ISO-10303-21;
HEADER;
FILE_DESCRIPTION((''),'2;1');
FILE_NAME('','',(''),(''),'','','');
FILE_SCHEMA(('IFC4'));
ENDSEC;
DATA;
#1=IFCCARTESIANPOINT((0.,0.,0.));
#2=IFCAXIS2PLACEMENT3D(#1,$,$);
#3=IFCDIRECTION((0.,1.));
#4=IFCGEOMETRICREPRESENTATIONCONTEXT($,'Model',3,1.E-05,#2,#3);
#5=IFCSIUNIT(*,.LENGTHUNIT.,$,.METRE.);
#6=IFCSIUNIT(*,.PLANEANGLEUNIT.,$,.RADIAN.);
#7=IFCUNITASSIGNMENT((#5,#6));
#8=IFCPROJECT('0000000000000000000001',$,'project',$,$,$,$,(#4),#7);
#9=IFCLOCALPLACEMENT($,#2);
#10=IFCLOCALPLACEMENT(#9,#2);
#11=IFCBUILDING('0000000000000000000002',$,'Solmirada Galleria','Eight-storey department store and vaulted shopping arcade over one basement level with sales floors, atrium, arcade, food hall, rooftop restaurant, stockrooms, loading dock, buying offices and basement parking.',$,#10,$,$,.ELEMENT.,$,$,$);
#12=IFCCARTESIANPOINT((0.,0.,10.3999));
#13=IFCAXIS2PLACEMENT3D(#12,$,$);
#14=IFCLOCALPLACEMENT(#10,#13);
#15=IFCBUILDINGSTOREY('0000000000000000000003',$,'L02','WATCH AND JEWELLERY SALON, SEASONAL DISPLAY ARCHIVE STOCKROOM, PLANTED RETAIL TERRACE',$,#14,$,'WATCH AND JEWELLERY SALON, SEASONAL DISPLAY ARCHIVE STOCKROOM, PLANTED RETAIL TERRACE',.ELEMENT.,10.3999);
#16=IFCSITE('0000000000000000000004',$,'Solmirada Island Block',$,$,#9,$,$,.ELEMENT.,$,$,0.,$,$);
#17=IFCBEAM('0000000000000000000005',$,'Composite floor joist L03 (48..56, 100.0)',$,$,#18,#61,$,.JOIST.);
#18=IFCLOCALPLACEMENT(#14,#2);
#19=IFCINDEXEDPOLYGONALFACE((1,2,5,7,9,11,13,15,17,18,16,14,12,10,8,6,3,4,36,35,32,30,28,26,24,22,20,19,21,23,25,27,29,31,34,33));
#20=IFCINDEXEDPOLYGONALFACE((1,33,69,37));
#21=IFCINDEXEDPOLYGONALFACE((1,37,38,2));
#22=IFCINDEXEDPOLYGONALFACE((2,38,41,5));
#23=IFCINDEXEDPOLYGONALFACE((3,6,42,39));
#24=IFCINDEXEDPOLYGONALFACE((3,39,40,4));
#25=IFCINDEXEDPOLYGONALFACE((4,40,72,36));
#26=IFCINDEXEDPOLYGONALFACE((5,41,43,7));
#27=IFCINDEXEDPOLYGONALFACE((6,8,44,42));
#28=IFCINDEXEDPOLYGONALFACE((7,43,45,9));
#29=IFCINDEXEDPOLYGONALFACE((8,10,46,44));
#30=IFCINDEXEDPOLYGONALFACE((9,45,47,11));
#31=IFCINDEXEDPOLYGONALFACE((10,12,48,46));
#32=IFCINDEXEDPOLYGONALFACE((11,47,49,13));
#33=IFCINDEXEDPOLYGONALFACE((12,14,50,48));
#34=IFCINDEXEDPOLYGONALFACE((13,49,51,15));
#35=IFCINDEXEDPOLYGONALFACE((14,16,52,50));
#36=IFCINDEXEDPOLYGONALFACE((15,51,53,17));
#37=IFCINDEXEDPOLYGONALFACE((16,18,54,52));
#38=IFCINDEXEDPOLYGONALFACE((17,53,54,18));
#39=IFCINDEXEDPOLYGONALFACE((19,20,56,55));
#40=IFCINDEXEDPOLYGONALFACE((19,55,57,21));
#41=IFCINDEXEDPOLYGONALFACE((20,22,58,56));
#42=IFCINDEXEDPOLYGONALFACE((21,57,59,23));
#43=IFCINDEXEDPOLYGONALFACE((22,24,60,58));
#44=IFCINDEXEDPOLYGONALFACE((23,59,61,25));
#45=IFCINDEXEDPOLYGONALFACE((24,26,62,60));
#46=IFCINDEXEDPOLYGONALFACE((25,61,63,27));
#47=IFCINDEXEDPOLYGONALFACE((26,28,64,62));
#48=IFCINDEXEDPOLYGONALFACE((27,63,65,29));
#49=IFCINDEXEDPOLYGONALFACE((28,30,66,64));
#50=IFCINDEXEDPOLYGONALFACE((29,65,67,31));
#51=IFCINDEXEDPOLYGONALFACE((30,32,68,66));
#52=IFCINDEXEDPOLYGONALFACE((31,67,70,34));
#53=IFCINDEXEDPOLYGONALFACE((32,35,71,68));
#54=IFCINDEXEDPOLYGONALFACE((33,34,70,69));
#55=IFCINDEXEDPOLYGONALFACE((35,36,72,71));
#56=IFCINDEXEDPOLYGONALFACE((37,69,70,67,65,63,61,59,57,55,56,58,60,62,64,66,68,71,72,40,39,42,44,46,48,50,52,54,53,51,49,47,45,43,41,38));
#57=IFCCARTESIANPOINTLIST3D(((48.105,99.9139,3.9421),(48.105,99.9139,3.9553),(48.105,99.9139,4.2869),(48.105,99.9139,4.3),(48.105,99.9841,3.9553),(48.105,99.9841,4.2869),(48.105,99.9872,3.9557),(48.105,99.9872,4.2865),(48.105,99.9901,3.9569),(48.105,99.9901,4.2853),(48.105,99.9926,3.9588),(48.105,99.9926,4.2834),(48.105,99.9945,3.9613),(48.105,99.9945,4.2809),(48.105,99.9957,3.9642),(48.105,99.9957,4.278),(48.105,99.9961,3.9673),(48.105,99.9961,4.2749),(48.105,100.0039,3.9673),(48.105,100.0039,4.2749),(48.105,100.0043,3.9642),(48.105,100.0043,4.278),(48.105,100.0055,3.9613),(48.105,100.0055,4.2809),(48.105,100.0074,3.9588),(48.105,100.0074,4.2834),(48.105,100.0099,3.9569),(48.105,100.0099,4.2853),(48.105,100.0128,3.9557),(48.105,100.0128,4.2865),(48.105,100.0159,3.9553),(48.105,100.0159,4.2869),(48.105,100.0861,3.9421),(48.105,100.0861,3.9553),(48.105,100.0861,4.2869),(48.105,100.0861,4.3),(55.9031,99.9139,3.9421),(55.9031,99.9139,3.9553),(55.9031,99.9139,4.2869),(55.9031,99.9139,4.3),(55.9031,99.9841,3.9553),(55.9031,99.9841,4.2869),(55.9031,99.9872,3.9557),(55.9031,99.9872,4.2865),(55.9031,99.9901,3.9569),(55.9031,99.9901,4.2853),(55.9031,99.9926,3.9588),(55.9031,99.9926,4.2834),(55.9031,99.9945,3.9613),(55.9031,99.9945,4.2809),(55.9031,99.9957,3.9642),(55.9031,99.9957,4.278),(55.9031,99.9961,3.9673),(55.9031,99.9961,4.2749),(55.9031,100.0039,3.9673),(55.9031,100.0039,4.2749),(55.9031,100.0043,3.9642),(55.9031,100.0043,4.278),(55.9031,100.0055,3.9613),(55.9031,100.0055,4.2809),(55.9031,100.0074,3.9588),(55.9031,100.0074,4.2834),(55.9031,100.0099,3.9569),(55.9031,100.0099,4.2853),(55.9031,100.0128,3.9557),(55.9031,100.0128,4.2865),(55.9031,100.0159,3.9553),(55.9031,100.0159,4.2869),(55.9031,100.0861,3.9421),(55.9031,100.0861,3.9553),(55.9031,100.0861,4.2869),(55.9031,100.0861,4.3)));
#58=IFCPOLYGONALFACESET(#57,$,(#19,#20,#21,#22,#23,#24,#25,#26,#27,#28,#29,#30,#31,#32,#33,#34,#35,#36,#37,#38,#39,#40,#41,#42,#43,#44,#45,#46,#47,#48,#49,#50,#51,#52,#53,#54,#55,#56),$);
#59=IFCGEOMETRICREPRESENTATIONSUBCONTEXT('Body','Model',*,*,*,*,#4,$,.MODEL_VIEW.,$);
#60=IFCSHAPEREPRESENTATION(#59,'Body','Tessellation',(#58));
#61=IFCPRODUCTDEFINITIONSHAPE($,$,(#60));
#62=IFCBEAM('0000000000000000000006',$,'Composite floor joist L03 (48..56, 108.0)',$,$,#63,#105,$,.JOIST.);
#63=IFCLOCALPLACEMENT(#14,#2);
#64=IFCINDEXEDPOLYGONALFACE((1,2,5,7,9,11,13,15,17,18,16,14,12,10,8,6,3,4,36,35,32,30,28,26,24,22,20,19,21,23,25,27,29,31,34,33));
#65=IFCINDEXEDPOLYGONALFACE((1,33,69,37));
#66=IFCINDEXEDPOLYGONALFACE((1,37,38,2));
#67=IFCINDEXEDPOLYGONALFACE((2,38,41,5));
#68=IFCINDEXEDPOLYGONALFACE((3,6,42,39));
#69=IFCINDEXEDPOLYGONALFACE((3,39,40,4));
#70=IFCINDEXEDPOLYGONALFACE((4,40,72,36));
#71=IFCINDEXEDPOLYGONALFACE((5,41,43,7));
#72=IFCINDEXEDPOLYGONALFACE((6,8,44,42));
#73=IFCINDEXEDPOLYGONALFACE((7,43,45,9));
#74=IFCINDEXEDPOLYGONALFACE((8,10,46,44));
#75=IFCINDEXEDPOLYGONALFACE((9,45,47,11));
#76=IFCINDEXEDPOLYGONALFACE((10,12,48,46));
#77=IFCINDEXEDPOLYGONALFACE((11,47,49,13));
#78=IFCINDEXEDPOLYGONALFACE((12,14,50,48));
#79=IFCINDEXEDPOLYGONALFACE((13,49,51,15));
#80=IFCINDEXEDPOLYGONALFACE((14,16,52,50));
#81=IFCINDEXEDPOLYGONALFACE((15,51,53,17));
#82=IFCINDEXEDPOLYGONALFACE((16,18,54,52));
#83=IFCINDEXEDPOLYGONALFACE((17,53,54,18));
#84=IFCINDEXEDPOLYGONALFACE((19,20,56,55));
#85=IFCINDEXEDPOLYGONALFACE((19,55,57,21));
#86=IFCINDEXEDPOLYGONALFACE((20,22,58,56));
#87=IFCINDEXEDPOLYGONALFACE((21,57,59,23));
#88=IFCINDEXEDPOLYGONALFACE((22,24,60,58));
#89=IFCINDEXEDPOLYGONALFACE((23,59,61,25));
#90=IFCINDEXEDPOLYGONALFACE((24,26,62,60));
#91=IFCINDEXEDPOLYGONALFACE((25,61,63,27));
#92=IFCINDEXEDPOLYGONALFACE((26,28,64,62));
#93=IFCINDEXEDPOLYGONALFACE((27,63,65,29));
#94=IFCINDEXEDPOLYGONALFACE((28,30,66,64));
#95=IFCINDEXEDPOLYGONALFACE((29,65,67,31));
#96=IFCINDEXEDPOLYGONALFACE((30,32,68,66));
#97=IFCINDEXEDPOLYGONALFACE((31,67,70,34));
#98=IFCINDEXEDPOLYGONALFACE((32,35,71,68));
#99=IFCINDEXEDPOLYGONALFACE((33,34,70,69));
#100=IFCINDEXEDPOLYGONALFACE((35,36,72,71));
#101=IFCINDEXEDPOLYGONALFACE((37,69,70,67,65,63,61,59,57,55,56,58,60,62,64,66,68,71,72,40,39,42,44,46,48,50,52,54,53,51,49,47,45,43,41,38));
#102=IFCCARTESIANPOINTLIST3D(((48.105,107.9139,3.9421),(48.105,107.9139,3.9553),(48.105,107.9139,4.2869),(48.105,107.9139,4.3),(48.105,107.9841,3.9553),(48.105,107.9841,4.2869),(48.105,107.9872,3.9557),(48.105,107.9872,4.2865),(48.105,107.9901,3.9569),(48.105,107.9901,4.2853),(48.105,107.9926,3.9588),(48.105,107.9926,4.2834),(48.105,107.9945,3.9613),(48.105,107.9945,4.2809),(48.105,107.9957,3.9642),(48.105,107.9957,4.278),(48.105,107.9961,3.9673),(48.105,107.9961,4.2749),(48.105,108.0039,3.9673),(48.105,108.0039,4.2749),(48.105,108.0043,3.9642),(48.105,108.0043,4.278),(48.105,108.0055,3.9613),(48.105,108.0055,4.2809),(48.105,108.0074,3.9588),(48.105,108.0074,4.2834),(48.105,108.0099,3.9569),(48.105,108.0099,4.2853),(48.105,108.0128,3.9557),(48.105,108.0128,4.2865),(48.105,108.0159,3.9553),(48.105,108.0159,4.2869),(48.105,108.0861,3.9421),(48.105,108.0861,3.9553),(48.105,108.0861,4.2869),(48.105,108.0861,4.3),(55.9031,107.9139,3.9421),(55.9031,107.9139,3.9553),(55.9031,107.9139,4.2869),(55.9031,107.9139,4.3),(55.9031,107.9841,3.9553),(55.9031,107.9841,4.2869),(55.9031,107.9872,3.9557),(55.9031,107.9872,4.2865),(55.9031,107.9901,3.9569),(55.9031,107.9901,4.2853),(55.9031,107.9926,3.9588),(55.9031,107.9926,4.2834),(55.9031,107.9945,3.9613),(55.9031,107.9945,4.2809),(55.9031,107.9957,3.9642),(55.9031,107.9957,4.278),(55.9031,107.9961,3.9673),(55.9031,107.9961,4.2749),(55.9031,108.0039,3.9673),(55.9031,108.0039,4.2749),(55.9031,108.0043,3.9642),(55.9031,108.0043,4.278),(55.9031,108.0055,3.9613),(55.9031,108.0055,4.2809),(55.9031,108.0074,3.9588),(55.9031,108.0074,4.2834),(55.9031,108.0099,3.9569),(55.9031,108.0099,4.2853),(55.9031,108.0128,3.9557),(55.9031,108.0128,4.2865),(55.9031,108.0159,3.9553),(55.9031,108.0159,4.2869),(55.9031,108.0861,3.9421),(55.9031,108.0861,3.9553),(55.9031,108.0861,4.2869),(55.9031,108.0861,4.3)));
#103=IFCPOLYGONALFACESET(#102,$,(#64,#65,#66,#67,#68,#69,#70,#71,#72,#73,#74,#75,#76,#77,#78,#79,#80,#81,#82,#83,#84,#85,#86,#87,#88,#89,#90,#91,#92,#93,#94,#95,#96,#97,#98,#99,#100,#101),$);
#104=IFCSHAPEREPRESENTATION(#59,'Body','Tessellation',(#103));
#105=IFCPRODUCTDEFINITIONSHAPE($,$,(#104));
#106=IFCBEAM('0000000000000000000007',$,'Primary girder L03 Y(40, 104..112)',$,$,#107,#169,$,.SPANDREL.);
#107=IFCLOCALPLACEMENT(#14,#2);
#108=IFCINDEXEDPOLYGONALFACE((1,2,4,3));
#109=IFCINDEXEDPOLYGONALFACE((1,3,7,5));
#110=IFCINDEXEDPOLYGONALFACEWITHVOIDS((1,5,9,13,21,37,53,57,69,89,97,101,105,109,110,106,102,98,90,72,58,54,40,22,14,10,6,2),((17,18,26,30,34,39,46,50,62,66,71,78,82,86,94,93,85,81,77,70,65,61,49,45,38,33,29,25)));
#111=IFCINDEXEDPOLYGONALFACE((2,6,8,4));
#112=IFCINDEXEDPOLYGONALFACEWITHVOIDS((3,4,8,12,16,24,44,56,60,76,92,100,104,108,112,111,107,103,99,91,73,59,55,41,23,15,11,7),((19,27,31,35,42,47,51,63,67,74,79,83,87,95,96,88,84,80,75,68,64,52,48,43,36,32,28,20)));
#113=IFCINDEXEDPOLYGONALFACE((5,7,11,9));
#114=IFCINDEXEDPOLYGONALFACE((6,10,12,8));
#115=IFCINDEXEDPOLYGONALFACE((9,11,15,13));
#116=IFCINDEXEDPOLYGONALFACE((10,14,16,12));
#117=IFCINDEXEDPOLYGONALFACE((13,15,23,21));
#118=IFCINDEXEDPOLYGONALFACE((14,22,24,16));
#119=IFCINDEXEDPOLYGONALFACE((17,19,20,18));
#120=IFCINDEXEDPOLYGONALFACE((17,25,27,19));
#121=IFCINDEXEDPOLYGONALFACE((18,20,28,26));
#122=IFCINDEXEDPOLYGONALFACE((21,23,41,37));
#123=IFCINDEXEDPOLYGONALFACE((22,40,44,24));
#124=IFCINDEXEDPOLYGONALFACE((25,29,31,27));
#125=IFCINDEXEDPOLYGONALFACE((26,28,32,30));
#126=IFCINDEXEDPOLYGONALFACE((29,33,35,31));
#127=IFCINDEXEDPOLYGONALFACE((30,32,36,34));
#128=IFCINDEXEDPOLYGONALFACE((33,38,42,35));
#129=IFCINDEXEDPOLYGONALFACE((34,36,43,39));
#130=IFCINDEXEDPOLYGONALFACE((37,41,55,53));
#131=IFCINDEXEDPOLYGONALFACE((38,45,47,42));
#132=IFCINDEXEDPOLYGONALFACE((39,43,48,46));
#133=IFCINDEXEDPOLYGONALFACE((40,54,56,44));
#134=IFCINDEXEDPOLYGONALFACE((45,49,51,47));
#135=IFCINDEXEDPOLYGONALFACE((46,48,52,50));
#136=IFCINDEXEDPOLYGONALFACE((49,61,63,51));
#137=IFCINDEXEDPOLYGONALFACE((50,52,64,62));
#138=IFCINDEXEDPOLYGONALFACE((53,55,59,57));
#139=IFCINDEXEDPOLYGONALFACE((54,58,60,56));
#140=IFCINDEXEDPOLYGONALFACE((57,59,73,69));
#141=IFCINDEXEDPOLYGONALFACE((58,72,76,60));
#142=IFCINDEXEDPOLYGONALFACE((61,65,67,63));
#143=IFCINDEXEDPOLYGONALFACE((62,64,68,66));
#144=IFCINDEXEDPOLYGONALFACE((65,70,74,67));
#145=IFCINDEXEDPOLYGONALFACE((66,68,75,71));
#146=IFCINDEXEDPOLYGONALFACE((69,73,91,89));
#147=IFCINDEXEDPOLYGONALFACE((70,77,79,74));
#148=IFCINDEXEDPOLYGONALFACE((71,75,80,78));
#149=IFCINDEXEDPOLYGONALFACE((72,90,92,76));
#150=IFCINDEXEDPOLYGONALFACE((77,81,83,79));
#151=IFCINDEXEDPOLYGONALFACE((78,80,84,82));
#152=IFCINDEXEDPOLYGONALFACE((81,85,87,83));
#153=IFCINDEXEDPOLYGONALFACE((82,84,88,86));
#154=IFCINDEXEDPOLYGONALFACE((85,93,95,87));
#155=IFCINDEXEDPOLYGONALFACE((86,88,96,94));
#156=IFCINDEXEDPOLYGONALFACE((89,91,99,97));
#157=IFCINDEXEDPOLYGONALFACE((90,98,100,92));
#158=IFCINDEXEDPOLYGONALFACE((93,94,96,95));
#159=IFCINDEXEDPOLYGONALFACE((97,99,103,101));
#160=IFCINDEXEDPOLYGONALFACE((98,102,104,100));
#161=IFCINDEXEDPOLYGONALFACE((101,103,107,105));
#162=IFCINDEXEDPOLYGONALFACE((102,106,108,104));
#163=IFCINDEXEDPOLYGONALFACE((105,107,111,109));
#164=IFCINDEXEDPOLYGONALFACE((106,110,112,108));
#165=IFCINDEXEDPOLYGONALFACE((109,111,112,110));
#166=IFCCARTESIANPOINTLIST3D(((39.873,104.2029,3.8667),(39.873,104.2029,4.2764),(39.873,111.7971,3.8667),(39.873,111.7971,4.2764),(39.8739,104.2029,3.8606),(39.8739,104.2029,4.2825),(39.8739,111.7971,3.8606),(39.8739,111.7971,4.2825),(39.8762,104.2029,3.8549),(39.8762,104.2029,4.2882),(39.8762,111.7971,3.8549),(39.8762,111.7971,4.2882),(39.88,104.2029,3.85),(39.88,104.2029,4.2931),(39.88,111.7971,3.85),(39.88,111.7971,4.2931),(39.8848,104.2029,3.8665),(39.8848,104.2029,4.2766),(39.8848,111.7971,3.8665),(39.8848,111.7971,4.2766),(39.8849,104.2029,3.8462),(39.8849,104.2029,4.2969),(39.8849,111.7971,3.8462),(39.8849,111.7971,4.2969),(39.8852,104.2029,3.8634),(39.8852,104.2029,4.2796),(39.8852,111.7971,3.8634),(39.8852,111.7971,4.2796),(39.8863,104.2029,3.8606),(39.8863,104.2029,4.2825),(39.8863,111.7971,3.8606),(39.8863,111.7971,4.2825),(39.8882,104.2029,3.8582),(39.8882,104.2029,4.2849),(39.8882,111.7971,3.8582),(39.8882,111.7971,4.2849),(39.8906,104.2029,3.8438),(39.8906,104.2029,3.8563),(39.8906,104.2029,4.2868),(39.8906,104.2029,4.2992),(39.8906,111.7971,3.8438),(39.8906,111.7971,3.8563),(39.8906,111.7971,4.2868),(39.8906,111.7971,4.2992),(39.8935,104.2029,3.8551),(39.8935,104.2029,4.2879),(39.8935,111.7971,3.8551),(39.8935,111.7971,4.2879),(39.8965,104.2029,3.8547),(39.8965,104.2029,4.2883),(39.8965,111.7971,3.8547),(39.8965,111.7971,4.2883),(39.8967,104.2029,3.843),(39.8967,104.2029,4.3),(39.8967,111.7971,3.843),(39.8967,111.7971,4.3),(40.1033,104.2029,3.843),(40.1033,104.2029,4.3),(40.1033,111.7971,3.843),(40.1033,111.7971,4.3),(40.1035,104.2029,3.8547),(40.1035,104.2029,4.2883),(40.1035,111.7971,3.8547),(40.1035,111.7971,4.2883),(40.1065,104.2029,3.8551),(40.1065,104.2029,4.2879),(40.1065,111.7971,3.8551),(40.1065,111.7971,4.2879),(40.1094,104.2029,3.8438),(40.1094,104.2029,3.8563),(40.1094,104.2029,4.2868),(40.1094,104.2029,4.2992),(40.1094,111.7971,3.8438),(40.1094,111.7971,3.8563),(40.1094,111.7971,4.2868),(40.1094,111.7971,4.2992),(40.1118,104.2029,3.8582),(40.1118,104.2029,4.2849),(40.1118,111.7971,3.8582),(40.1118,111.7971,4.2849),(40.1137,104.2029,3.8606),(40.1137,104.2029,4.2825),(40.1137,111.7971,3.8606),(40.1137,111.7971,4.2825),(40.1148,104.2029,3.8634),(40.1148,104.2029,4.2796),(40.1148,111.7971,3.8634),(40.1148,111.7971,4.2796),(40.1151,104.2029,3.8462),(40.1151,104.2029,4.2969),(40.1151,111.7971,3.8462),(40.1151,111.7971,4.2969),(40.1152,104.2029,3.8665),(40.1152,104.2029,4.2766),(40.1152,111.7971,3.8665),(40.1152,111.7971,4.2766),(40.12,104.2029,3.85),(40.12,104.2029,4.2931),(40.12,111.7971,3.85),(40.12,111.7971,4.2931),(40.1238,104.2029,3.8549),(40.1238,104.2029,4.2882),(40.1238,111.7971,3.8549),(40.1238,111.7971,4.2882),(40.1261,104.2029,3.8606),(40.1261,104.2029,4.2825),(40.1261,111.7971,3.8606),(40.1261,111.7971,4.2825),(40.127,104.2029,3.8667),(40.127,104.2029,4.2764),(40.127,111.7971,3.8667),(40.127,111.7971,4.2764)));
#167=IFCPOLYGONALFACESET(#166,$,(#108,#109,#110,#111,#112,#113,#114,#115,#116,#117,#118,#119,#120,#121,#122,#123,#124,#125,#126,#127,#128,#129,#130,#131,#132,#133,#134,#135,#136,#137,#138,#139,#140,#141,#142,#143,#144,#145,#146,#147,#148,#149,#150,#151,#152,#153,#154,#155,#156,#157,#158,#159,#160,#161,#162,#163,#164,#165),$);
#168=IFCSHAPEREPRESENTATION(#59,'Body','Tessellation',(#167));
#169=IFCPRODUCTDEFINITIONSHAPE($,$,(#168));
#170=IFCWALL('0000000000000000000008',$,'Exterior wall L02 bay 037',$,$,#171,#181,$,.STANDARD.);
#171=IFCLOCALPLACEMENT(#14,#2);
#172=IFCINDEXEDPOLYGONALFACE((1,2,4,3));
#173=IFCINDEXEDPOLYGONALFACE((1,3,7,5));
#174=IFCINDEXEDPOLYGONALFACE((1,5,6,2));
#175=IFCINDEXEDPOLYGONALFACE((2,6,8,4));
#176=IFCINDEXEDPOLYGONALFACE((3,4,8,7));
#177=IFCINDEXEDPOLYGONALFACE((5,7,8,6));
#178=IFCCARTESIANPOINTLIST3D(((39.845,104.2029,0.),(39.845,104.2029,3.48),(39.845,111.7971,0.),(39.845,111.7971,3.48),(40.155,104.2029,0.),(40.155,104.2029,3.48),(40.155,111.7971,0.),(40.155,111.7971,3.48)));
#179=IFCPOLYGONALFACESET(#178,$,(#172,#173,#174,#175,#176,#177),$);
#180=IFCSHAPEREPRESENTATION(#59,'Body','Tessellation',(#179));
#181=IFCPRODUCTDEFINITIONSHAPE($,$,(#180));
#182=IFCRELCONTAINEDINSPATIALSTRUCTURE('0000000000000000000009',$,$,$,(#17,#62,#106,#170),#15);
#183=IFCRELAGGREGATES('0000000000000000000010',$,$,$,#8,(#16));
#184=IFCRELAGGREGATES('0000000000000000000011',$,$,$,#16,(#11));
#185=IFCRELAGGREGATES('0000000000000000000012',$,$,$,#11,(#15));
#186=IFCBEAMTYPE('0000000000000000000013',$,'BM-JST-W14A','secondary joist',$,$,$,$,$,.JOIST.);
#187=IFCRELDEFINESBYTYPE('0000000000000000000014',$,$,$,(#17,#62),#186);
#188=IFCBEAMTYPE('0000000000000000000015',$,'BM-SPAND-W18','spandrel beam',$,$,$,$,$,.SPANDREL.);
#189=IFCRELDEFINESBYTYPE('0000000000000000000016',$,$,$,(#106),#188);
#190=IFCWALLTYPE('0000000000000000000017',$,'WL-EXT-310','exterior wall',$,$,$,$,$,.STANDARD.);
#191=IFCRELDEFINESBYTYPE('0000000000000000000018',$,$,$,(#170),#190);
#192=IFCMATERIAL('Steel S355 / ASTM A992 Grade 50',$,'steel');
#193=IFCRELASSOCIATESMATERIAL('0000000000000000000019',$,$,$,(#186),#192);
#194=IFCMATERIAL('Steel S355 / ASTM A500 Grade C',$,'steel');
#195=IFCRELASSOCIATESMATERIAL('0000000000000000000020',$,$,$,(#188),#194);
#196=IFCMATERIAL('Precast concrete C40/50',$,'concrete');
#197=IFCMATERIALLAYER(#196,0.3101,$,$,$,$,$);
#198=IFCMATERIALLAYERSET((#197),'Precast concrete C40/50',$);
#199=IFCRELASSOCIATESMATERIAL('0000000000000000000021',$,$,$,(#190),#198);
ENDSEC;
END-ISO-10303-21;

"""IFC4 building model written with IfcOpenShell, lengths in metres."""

from ifc_helpers import new_model, si_unit, direction, frame, frame_2d, origin, origin_2d, place, context, subcontext, project, spatial, rectangle, hollow_rectangle, i_section, extrude, material, layer, layer_set, material_profile, profile_set, type_object, element, save


model = new_model("IFC4")

# Units and contexts
model_context = context("Model", 3, precision=1e-05, world=origin(), true_north=direction((0.0, 1.0)))
body_context = subcontext(model_context, "Body", "Model", "MODEL_VIEW")
ifc_project = project(units=[si_unit("LENGTHUNIT", "METRE"), si_unit("PLANEANGLEUNIT", "RADIAN")], contexts=[model_context])

# Site, building, storey
site_placement = place(None, origin())
site = spatial("IfcSite", under=ifc_project, at=site_placement, Name="Solmirada Island Block", CompositionType="ELEMENT", RefElevation=0.0)
building_placement = place(site_placement, origin())
building = spatial("IfcBuilding", under=site, at=building_placement, Name="Solmirada Galleria", Description="Eight-storey department store and vaulted shopping arcade over one basement level with sales floors, atrium, arcade, food hall, rooftop restaurant, stockrooms, loading dock, buying offices and basement parking.", CompositionType="ELEMENT")
storey_placement = place(building_placement, frame((0.0, 0.0, 10.3999)))
storey = spatial("IfcBuildingStorey", under=building, at=storey_placement, Name="L02", Description="WATCH AND JEWELLERY SALON, SEASONAL DISPLAY ARCHIVE STOCKROOM, PLANTED RETAIL TERRACE", LongName="WATCH AND JEWELLERY SALON, SEASONAL DISPLAY ARCHIVE STOCKROOM, PLANTED RETAIL TERRACE", CompositionType="ELEMENT", Elevation=10.3999)

# Shared definitions
ifc_material_1 = material(Name="Steel S355 / ASTM A500 Grade C", Category="steel")

# Beams
ifc_material_2 = material(Name="Steel S355 / ASTM A992 Grade 50", Category="steel")
ifc_material_profile_1 = material_profile(ifc_material_2, i_section(OverallWidth=0.1721, OverallDepth=0.3579, WebThickness=0.0078, FlangeThickness=0.0132, FilletRadius=0.012, at=origin_2d()), Name="W14X38")
ifc_profile_set_1 = profile_set([ifc_material_profile_1], Name="Steel S355 / ASTM A992 Grade 50")
beam_type_1 = type_object("IfcBeamType", Name="BM-JST-W14A", Description="secondary joist", PredefinedType="JOIST", material=ifc_profile_set_1)
for number, where, z_axis, x_axis, name in (
    (1, (48.105, 100.0, 4.1211), (1.0, 0.0, 0.0), (0.0, 1.0, 0.0), "Composite floor joist L03 (48..56, 100.0)"),
    (2, (48.105, 108.0, 4.1211), (1.0, 0.0, 0.0), (0.0, 1.0, 0.0), "Composite floor joist L03 (48..56, 108.0)"),
):
    element("IfcBeam", number, at=place(storey_placement, frame(where, z_axis=z_axis, x_axis=x_axis)), inside=storey, type_object=beam_type_1, Name=name, PredefinedType="JOIST", context=body_context, shape_type="SweptSolid", body=[
        extrude(i_section(OverallWidth=0.1721, OverallDepth=0.3579, WebThickness=0.0078, FlangeThickness=0.0132, FilletRadius=0.012, at=origin_2d()), origin(), (0.0, 0.0, 1.0), 7.7981),
    ])
ifc_material_profile_2 = material_profile(ifc_material_1, hollow_rectangle(XDim=0.2539, YDim=0.457, WallThickness=0.0117, InnerFilletRadius=0.0117, OuterFilletRadius=0.0237, at=origin_2d()), Name="HSS18X10X1/2")
ifc_profile_set_2 = profile_set([ifc_material_profile_2], Name="Steel S355 / ASTM A500 Grade C")
beam_type_2 = type_object("IfcBeamType", Name="BM-SPAND-W18", Description="spandrel beam", PredefinedType="SPANDREL", material=ifc_profile_set_2)
beam_1_placement = place(storey_placement, frame((40.0, 104.2029, 4.0715), z_axis=(0.0, 1.0, 0.0), x_axis=(-1.0, 0.0, 0.0)))
element("IfcBeam", 3, at=beam_1_placement, inside=storey, type_object=beam_type_2, Name="Primary girder L03 Y(40, 104..112)", PredefinedType="SPANDREL", context=body_context, shape_type="SweptSolid", body=[
    extrude(hollow_rectangle(XDim=0.2539, YDim=0.457, WallThickness=0.0117, InnerFilletRadius=0.0117, OuterFilletRadius=0.0237, at=origin_2d()), origin(), (0.0, 0.0, 1.0), 7.5942),
])

# Wall
ifc_material_3 = material(Name="Precast concrete C40/50", Category="concrete")
ifc_layer_1 = layer(ifc_material_3, 0.3101)
ifc_layer_set_1 = layer_set([ifc_layer_1], Name="Precast concrete C40/50")
wall_type_1 = type_object("IfcWallType", Name="WL-EXT-310", Description="exterior wall", PredefinedType="STANDARD", material=ifc_layer_set_1)
wall_1_placement = place(storey_placement, frame((40.0, 104.2029, 0.0), z_axis=(0.0, 0.0, 1.0), x_axis=(0.0, 1.0, 0.0)))
element("IfcWall", 4, at=wall_1_placement, inside=storey, type_object=wall_type_1, Name="Exterior wall L02 bay 037", PredefinedType="STANDARD", context=body_context, shape_type="SweptSolid", body=[
    extrude(rectangle(XDim=7.5942, YDim=0.3101, at=frame_2d((3.7971, 0.0))), origin(), (0.0, 0.0, 1.0), 3.48),
])

save(model, "model.ifc")
